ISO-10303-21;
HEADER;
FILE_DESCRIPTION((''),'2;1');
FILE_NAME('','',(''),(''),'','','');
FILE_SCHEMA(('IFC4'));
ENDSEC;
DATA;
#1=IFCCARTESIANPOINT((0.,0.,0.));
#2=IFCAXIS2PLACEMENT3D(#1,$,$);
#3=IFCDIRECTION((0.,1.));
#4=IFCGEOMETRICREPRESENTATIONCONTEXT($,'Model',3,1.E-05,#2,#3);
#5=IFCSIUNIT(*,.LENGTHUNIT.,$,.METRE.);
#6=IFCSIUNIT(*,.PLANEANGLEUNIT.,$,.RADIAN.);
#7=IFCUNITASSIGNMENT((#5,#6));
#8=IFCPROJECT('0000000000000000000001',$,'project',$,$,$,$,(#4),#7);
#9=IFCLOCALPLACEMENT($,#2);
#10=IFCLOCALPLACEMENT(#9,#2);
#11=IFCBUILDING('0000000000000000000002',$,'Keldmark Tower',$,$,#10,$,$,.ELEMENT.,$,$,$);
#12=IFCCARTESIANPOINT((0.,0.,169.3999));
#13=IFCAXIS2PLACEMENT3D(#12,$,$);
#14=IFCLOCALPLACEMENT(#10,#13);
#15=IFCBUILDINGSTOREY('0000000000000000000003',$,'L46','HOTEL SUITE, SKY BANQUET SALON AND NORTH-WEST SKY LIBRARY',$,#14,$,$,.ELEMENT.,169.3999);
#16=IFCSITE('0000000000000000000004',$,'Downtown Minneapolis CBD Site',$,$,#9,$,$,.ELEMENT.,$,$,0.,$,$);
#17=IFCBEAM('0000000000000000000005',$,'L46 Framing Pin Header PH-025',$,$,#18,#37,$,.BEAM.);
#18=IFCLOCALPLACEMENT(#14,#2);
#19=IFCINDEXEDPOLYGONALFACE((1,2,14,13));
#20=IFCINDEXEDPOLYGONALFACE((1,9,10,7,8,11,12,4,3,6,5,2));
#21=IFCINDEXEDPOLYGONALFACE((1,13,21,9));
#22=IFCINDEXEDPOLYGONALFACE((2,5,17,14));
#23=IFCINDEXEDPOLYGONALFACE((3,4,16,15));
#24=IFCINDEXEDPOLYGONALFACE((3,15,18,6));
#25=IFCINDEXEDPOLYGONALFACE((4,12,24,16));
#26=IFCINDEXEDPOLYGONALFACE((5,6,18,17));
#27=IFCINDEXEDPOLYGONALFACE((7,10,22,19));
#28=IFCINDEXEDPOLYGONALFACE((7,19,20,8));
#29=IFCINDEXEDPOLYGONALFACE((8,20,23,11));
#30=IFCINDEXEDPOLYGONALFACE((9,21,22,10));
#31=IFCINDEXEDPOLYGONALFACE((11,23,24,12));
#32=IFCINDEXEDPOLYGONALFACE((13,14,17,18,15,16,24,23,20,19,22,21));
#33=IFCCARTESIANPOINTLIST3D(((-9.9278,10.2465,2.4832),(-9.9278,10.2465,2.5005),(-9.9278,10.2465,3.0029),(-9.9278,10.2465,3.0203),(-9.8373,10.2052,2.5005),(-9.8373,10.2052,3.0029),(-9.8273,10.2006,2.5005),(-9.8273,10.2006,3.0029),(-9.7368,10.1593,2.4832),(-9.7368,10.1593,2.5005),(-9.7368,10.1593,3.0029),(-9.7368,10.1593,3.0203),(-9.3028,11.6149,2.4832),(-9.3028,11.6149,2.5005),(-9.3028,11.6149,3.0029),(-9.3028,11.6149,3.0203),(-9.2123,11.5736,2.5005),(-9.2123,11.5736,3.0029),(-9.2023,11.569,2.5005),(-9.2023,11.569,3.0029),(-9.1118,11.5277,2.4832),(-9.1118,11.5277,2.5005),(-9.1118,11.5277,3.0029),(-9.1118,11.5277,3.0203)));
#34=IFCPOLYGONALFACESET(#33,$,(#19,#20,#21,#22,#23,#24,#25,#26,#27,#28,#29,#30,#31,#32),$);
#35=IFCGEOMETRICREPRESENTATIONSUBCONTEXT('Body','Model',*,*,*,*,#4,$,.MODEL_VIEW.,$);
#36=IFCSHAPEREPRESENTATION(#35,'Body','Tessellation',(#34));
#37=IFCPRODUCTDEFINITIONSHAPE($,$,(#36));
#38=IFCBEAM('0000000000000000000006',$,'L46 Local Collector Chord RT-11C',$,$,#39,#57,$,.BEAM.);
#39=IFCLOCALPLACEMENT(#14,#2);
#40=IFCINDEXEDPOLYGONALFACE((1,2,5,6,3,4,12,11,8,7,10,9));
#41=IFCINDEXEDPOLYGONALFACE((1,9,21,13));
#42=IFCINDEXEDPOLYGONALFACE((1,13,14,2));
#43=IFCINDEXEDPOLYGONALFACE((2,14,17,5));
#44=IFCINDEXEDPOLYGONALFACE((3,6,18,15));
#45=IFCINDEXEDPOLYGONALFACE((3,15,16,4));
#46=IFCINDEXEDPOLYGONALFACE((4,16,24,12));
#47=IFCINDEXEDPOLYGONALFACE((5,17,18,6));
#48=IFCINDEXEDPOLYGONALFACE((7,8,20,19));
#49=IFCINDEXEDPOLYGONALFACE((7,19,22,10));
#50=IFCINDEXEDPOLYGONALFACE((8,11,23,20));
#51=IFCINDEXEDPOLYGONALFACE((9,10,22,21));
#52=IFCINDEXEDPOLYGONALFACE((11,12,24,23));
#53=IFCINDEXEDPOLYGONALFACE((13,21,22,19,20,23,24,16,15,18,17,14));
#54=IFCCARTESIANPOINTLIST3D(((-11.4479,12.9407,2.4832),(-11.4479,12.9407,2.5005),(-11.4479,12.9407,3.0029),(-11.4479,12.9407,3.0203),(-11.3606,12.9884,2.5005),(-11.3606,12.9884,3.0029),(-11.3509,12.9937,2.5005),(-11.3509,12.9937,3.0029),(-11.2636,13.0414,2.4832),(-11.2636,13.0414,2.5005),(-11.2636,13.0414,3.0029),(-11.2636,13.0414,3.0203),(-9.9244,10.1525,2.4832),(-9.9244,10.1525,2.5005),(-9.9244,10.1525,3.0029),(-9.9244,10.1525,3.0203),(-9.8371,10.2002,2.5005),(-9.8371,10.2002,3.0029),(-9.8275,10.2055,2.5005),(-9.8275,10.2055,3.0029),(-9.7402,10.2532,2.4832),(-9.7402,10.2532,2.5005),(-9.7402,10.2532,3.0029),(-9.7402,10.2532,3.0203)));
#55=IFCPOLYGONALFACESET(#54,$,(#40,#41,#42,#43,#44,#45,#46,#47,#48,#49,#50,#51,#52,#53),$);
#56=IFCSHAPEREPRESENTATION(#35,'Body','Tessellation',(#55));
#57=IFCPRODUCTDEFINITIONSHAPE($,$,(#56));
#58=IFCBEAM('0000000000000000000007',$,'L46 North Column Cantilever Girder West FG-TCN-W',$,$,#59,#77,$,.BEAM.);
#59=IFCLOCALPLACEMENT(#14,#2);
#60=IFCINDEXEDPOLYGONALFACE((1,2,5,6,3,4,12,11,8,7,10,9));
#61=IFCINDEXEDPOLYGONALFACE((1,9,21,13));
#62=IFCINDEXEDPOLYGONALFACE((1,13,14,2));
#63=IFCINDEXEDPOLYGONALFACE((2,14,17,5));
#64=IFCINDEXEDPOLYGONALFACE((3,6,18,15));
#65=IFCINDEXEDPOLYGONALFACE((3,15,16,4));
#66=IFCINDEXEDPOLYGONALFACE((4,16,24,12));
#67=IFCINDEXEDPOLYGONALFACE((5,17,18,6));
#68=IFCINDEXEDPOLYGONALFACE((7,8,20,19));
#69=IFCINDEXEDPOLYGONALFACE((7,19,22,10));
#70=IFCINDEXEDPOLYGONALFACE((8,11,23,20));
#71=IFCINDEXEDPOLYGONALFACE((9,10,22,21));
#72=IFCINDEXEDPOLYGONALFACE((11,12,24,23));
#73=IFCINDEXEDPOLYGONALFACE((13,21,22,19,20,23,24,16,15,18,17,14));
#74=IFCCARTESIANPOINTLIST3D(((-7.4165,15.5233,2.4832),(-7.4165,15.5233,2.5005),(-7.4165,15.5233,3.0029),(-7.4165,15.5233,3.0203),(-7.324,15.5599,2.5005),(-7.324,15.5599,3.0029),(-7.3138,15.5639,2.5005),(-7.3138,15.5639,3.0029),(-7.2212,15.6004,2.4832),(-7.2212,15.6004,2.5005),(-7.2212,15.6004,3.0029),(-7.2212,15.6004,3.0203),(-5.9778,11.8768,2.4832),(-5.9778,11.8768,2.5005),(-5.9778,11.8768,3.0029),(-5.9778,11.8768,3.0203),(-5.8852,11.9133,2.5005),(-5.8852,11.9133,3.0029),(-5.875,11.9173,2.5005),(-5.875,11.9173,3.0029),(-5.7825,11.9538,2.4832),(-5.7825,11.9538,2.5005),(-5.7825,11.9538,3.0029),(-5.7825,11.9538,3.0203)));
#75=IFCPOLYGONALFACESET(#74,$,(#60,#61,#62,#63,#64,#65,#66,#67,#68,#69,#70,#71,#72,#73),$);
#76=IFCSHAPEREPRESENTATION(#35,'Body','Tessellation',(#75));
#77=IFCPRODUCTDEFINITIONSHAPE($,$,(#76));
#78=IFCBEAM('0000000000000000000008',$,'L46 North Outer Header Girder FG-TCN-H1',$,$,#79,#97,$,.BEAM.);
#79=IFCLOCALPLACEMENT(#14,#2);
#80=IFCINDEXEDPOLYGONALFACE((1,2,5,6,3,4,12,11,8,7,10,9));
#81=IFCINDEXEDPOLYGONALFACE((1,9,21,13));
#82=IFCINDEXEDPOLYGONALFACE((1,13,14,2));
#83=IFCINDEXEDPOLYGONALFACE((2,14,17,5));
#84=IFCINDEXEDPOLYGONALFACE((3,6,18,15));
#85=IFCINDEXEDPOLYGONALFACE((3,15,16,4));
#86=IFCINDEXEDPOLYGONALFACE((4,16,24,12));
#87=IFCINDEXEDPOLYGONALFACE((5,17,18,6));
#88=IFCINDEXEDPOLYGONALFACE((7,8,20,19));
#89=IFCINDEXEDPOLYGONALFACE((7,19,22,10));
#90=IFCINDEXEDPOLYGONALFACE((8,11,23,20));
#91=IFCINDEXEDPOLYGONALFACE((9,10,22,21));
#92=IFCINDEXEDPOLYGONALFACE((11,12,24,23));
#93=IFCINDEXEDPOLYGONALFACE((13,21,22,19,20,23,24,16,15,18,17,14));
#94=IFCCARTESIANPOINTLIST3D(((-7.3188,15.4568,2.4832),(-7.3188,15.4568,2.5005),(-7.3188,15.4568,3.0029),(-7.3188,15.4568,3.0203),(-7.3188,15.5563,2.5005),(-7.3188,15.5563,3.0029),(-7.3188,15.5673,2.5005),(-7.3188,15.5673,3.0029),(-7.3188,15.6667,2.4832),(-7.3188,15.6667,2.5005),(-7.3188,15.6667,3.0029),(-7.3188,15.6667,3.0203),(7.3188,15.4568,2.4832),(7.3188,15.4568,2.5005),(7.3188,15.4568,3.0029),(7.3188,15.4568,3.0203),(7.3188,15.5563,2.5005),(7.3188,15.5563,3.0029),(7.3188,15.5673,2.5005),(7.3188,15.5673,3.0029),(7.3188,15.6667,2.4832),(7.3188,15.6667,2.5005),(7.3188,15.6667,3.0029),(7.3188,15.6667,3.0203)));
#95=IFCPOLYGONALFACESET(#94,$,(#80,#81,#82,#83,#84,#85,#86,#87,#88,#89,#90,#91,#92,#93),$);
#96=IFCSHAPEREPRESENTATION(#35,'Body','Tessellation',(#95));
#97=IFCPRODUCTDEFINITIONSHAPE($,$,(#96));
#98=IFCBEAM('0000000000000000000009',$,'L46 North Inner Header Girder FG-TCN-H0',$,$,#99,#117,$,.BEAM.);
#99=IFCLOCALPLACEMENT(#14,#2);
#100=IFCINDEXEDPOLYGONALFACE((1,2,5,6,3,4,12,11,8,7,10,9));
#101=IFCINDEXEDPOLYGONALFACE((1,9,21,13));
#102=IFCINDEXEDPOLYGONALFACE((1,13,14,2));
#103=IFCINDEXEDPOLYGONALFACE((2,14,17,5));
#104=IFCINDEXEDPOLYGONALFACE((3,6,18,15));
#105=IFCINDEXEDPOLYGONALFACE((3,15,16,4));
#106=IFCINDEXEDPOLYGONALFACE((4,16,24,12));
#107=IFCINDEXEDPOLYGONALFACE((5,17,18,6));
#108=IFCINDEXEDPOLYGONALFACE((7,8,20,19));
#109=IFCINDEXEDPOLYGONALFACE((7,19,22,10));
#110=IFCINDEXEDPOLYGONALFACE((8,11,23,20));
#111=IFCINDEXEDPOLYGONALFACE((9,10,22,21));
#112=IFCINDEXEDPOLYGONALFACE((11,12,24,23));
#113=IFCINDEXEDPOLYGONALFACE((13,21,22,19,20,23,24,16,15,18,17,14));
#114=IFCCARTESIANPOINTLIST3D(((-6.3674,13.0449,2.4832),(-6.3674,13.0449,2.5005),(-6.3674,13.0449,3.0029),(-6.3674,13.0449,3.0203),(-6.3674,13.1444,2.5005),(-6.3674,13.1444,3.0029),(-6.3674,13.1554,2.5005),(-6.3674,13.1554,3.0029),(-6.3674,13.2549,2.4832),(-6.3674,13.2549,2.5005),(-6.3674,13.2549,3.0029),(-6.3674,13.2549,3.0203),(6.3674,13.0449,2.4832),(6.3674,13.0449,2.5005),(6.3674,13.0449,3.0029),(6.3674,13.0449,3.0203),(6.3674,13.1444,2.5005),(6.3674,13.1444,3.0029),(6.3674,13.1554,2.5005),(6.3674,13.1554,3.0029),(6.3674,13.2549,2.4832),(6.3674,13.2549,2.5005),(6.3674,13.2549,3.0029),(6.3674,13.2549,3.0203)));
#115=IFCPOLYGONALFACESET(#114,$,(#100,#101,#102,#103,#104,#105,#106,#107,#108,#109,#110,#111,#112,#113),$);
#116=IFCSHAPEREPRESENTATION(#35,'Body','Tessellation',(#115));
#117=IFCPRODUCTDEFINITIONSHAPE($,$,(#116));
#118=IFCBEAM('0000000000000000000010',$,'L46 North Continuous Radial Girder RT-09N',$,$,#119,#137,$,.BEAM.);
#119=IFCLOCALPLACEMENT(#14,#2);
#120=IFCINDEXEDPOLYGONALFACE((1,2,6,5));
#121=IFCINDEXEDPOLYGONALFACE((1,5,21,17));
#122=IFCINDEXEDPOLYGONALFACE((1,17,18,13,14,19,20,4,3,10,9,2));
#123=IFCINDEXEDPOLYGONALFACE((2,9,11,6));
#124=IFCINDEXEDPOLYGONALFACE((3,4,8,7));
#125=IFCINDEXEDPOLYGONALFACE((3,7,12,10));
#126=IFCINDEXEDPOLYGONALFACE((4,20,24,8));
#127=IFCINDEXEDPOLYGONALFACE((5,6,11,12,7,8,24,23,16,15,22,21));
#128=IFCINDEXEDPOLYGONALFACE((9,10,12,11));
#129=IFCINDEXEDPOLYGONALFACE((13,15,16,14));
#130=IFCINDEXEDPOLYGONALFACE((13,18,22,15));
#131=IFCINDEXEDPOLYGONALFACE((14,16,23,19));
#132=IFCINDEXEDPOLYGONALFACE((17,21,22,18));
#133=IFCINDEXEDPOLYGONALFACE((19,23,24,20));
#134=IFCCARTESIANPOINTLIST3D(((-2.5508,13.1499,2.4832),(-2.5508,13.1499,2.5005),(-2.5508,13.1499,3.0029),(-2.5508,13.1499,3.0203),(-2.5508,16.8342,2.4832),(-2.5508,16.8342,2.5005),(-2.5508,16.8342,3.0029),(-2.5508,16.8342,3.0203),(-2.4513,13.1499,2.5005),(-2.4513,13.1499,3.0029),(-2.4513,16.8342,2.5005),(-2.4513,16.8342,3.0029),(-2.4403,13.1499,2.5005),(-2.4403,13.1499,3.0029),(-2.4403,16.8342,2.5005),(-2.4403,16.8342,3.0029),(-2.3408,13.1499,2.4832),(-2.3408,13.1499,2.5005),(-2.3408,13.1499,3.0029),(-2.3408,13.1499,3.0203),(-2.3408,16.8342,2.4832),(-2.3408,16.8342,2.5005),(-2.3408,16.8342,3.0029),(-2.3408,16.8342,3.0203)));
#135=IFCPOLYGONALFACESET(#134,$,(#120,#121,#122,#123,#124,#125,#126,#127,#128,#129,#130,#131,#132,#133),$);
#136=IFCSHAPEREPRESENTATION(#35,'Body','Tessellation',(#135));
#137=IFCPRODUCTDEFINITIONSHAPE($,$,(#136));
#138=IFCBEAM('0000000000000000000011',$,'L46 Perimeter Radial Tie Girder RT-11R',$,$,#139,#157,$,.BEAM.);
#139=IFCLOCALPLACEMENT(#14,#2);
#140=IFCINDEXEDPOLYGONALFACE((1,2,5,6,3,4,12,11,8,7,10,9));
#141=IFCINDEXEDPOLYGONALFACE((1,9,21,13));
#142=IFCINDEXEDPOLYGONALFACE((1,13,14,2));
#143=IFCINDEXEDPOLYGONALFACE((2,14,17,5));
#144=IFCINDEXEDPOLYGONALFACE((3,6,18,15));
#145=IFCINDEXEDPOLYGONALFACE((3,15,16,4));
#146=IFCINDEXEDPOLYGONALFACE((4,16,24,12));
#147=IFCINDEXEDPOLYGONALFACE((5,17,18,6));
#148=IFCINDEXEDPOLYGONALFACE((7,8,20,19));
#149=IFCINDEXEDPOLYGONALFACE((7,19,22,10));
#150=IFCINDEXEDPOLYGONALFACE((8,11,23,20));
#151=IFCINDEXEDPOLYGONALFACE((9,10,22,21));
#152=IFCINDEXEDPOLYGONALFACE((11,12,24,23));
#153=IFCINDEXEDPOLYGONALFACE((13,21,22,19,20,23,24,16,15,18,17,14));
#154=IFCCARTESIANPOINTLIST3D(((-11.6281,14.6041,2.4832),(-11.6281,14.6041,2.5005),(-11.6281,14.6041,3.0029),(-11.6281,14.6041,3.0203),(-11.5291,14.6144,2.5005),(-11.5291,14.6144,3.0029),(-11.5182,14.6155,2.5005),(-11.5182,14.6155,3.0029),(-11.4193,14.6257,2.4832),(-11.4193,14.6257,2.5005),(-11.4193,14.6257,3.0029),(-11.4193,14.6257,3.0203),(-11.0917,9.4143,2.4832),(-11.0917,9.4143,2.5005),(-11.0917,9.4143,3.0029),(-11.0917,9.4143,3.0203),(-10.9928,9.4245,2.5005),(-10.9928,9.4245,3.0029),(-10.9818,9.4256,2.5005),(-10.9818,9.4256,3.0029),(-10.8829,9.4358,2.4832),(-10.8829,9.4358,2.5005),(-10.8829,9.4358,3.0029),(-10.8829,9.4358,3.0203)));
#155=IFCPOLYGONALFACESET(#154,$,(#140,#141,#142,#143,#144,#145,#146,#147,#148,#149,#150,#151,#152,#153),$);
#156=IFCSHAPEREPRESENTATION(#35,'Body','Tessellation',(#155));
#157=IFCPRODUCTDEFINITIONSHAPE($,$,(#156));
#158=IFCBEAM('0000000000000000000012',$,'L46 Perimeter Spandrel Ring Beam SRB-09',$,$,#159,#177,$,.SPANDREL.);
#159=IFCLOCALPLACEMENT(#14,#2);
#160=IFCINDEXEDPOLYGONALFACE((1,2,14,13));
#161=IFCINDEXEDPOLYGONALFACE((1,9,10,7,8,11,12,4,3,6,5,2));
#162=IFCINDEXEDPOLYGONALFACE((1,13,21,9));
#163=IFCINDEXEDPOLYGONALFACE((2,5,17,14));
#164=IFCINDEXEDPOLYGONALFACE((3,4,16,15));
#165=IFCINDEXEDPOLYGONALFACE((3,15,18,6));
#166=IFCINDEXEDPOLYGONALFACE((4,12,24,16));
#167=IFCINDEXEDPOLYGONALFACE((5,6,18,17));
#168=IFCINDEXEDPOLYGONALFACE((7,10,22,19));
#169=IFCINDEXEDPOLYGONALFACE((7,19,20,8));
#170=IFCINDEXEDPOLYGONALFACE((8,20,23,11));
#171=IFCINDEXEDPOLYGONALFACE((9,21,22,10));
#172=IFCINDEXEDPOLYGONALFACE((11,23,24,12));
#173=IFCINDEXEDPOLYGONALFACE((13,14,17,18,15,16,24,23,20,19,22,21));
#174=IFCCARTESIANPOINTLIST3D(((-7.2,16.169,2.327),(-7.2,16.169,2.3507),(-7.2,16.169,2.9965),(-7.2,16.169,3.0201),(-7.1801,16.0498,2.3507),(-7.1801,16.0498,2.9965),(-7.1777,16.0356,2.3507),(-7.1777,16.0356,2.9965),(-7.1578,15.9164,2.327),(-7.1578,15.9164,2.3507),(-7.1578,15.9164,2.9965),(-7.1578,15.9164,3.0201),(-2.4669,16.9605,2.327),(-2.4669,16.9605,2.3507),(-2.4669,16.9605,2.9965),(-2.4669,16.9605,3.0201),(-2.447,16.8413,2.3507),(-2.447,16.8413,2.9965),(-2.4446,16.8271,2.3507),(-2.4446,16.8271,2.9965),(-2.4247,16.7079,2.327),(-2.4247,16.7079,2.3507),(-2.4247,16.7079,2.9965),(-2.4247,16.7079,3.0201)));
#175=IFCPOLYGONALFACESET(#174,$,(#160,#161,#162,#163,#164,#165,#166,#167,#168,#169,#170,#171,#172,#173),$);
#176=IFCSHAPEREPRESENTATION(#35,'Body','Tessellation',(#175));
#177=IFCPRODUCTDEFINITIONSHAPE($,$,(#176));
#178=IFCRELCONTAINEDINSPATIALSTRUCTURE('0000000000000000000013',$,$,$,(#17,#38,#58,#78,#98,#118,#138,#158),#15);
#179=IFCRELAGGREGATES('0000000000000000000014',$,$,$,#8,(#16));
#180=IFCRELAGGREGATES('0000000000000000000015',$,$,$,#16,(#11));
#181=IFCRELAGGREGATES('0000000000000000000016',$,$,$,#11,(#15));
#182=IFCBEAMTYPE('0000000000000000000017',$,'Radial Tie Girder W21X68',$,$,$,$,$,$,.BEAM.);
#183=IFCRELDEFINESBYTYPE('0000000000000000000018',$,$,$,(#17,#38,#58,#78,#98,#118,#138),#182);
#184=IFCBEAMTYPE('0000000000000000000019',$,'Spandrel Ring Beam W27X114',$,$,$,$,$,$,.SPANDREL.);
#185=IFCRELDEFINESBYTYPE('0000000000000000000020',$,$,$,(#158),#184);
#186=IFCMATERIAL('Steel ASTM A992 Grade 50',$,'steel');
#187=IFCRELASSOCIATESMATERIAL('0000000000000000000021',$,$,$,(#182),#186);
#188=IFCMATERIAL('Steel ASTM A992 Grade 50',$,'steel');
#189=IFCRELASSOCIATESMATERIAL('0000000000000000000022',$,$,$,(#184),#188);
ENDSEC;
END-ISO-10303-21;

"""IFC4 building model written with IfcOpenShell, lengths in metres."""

from ifc_helpers import new_model, si_unit, direction, frame, origin, origin_2d, place, context, subcontext, project, spatial, i_section, extrude, material, material_profile, profile_set, type_object, element, save


model = new_model("IFC4")

# Units and contexts
model_context = context("Model", 3, precision=1e-05, world=origin(), true_north=direction((0.0, 1.0)))
body_context = subcontext(model_context, "Body", "Model", "MODEL_VIEW")
ifc_project = project(units=[si_unit("LENGTHUNIT", "METRE"), si_unit("PLANEANGLEUNIT", "RADIAN")], contexts=[model_context])

# Site, building, storey
site_placement = place(None, origin())
site = spatial("IfcSite", under=ifc_project, at=site_placement, Name="Downtown Minneapolis CBD Site", CompositionType="ELEMENT", RefElevation=0.0)
building_placement = place(site_placement, origin())
building = spatial("IfcBuilding", under=site, at=building_placement, Name="Keldmark Tower", CompositionType="ELEMENT")
storey_placement = place(building_placement, frame((0.0, 0.0, 169.3999)))
storey = spatial("IfcBuildingStorey", under=building, at=storey_placement, Name="L46", Description="HOTEL SUITE, SKY BANQUET SALON AND NORTH-WEST SKY LIBRARY", CompositionType="ELEMENT", Elevation=169.3999)

# Beams
ifc_material_1 = material(Name="Steel ASTM A992 Grade 50", Category="steel")
ifc_material_profile_1 = material_profile(ifc_material_1, i_section(OverallWidth=0.21, OverallDepth=0.5371, WebThickness=0.011, FlangeThickness=0.0173, at=origin_2d()), Name="W21X68")
ifc_profile_set_1 = profile_set([ifc_material_profile_1], Name="Steel ASTM A992 Grade 50")
beam_type_1 = type_object("IfcBeamType", Name="Radial Tie Girder W21X68", PredefinedType="BEAM", material=ifc_profile_set_1)
beam_1_placement = place(storey_placement, frame((-9.8323, 10.2029, 2.7517), z_axis=(0.415453, 0.909615, 0.0), x_axis=(-0.909615, 0.415453, 0.0)))
element("IfcBeam", 1, at=beam_1_placement, inside=storey, type_object=beam_type_1, Name="L46 Framing Pin Header PH-025", PredefinedType="BEAM", context=body_context, shape_type="SweptSolid", body=[
    extrude(i_section(OverallWidth=0.21, OverallDepth=0.5371, WebThickness=0.011, FlangeThickness=0.0173, at=origin_2d()), origin(), (0.0, 0.0, 1.0), 1.5044),
])
beam_2_placement = place(storey_placement, frame((-9.8323, 10.2029, 2.7517), z_axis=(-0.479498, 0.877543, 0.0), x_axis=(-0.877543, -0.479498, 0.0)))
element("IfcBeam", 2, at=beam_2_placement, inside=storey, type_object=beam_type_1, Name="L46 Local Collector Chord RT-11C", PredefinedType="BEAM", context=body_context, shape_type="SweptSolid", body=[
    extrude(i_section(OverallWidth=0.21, OverallDepth=0.5371, WebThickness=0.011, FlangeThickness=0.0173, at=origin_2d()), origin(), (0.0, 0.0, 1.0), 3.1772),
])
beam_3_placement = place(storey_placement, frame((-5.8801, 11.9153, 2.7517), z_axis=(-0.367016, 0.930215, 0.0), x_axis=(-0.930215, -0.367016, 0.0)))
element("IfcBeam", 3, at=beam_3_placement, inside=storey, type_object=beam_type_1, Name="L46 North Column Cantilever Girder West FG-TCN-W", PredefinedType="BEAM", context=body_context, shape_type="SweptSolid", body=[
    extrude(i_section(OverallWidth=0.21, OverallDepth=0.5371, WebThickness=0.011, FlangeThickness=0.0173, at=origin_2d()), origin(), (0.0, 0.0, 1.0), 3.9202),
])
beam_4_placement = place(storey_placement, frame((-7.3188, 15.5618, 2.7517), z_axis=(1.0, 0.0, 0.0), x_axis=(0.0, 1.0, 0.0)))
element("IfcBeam", 4, at=beam_4_placement, inside=storey, type_object=beam_type_1, Name="L46 North Outer Header Girder FG-TCN-H1", PredefinedType="BEAM", context=body_context, shape_type="SweptSolid", body=[
    extrude(i_section(OverallWidth=0.21, OverallDepth=0.5371, WebThickness=0.011, FlangeThickness=0.0173, at=origin_2d()), origin(), (0.0, 0.0, 1.0), 14.6377),
])
beam_5_placement = place(storey_placement, frame((-6.3674, 13.1499, 2.7517), z_axis=(1.0, 0.0, 0.0), x_axis=(0.0, 1.0, 0.0)))
element("IfcBeam", 5, at=beam_5_placement, inside=storey, type_object=beam_type_1, Name="L46 North Inner Header Girder FG-TCN-H0", PredefinedType="BEAM", context=body_context, shape_type="SweptSolid", body=[
    extrude(i_section(OverallWidth=0.21, OverallDepth=0.5371, WebThickness=0.011, FlangeThickness=0.0173, at=origin_2d()), origin(), (0.0, 0.0, 1.0), 12.7349),
])
beam_6_placement = place(storey_placement, frame((-2.4458, 13.1499, 2.7517), z_axis=(0.0, 1.0, 0.0), x_axis=(-1.0, 0.0, 0.0)))
element("IfcBeam", 6, at=beam_6_placement, inside=storey, type_object=beam_type_1, Name="L46 North Continuous Radial Girder RT-09N", PredefinedType="BEAM", context=body_context, shape_type="SweptSolid", body=[
    extrude(i_section(OverallWidth=0.21, OverallDepth=0.5371, WebThickness=0.011, FlangeThickness=0.0173, at=origin_2d()), origin(), (0.0, 0.0, 1.0), 3.6843),
])
beam_7_placement = place(storey_placement, frame((-10.9873, 9.425, 2.7517), z_axis=(-0.102802, 0.994702, 0.0), x_axis=(-0.994702, -0.102802, 0.0)))
element("IfcBeam", 7, at=beam_7_placement, inside=storey, type_object=beam_type_1, Name="L46 Perimeter Radial Tie Girder RT-11R", PredefinedType="BEAM", context=body_context, shape_type="SweptSolid", body=[
    extrude(i_section(OverallWidth=0.21, OverallDepth=0.5371, WebThickness=0.011, FlangeThickness=0.0173, at=origin_2d()), origin(), (0.0, 0.0, 1.0), 5.2175),
])
ifc_material_2 = material(Name="Steel ASTM A992 Grade 50", Category="steel")
ifc_material_profile_2 = material_profile(ifc_material_2, i_section(OverallWidth=0.2561, OverallDepth=0.6931, WebThickness=0.0144, FlangeThickness=0.0237, at=origin_2d()), Name="W27X114")
ifc_profile_set_2 = profile_set([ifc_material_profile_2], Name="Steel ASTM A992 Grade 50")
beam_type_2 = type_object("IfcBeamType", Name="Spandrel Ring Beam W27X114", PredefinedType="SPANDREL", material=ifc_profile_set_2)
beam_8_placement = place(storey_placement, frame((-2.4458, 16.8342, 2.6736), z_axis=(-0.986304, -0.164935, 0.0), x_axis=(0.164935, -0.986304, 0.0)))
element("IfcBeam", 8, at=beam_8_placement, inside=storey, type_object=beam_type_2, Name="L46 Perimeter Spandrel Ring Beam SRB-09", PredefinedType="SPANDREL", context=body_context, shape_type="SweptSolid", body=[
    extrude(i_section(OverallWidth=0.2561, OverallDepth=0.6931, WebThickness=0.0144, FlangeThickness=0.0237, at=origin_2d()), origin(), (0.0, 0.0, 1.0), 4.7988),
])

save(model, "model.ifc")
